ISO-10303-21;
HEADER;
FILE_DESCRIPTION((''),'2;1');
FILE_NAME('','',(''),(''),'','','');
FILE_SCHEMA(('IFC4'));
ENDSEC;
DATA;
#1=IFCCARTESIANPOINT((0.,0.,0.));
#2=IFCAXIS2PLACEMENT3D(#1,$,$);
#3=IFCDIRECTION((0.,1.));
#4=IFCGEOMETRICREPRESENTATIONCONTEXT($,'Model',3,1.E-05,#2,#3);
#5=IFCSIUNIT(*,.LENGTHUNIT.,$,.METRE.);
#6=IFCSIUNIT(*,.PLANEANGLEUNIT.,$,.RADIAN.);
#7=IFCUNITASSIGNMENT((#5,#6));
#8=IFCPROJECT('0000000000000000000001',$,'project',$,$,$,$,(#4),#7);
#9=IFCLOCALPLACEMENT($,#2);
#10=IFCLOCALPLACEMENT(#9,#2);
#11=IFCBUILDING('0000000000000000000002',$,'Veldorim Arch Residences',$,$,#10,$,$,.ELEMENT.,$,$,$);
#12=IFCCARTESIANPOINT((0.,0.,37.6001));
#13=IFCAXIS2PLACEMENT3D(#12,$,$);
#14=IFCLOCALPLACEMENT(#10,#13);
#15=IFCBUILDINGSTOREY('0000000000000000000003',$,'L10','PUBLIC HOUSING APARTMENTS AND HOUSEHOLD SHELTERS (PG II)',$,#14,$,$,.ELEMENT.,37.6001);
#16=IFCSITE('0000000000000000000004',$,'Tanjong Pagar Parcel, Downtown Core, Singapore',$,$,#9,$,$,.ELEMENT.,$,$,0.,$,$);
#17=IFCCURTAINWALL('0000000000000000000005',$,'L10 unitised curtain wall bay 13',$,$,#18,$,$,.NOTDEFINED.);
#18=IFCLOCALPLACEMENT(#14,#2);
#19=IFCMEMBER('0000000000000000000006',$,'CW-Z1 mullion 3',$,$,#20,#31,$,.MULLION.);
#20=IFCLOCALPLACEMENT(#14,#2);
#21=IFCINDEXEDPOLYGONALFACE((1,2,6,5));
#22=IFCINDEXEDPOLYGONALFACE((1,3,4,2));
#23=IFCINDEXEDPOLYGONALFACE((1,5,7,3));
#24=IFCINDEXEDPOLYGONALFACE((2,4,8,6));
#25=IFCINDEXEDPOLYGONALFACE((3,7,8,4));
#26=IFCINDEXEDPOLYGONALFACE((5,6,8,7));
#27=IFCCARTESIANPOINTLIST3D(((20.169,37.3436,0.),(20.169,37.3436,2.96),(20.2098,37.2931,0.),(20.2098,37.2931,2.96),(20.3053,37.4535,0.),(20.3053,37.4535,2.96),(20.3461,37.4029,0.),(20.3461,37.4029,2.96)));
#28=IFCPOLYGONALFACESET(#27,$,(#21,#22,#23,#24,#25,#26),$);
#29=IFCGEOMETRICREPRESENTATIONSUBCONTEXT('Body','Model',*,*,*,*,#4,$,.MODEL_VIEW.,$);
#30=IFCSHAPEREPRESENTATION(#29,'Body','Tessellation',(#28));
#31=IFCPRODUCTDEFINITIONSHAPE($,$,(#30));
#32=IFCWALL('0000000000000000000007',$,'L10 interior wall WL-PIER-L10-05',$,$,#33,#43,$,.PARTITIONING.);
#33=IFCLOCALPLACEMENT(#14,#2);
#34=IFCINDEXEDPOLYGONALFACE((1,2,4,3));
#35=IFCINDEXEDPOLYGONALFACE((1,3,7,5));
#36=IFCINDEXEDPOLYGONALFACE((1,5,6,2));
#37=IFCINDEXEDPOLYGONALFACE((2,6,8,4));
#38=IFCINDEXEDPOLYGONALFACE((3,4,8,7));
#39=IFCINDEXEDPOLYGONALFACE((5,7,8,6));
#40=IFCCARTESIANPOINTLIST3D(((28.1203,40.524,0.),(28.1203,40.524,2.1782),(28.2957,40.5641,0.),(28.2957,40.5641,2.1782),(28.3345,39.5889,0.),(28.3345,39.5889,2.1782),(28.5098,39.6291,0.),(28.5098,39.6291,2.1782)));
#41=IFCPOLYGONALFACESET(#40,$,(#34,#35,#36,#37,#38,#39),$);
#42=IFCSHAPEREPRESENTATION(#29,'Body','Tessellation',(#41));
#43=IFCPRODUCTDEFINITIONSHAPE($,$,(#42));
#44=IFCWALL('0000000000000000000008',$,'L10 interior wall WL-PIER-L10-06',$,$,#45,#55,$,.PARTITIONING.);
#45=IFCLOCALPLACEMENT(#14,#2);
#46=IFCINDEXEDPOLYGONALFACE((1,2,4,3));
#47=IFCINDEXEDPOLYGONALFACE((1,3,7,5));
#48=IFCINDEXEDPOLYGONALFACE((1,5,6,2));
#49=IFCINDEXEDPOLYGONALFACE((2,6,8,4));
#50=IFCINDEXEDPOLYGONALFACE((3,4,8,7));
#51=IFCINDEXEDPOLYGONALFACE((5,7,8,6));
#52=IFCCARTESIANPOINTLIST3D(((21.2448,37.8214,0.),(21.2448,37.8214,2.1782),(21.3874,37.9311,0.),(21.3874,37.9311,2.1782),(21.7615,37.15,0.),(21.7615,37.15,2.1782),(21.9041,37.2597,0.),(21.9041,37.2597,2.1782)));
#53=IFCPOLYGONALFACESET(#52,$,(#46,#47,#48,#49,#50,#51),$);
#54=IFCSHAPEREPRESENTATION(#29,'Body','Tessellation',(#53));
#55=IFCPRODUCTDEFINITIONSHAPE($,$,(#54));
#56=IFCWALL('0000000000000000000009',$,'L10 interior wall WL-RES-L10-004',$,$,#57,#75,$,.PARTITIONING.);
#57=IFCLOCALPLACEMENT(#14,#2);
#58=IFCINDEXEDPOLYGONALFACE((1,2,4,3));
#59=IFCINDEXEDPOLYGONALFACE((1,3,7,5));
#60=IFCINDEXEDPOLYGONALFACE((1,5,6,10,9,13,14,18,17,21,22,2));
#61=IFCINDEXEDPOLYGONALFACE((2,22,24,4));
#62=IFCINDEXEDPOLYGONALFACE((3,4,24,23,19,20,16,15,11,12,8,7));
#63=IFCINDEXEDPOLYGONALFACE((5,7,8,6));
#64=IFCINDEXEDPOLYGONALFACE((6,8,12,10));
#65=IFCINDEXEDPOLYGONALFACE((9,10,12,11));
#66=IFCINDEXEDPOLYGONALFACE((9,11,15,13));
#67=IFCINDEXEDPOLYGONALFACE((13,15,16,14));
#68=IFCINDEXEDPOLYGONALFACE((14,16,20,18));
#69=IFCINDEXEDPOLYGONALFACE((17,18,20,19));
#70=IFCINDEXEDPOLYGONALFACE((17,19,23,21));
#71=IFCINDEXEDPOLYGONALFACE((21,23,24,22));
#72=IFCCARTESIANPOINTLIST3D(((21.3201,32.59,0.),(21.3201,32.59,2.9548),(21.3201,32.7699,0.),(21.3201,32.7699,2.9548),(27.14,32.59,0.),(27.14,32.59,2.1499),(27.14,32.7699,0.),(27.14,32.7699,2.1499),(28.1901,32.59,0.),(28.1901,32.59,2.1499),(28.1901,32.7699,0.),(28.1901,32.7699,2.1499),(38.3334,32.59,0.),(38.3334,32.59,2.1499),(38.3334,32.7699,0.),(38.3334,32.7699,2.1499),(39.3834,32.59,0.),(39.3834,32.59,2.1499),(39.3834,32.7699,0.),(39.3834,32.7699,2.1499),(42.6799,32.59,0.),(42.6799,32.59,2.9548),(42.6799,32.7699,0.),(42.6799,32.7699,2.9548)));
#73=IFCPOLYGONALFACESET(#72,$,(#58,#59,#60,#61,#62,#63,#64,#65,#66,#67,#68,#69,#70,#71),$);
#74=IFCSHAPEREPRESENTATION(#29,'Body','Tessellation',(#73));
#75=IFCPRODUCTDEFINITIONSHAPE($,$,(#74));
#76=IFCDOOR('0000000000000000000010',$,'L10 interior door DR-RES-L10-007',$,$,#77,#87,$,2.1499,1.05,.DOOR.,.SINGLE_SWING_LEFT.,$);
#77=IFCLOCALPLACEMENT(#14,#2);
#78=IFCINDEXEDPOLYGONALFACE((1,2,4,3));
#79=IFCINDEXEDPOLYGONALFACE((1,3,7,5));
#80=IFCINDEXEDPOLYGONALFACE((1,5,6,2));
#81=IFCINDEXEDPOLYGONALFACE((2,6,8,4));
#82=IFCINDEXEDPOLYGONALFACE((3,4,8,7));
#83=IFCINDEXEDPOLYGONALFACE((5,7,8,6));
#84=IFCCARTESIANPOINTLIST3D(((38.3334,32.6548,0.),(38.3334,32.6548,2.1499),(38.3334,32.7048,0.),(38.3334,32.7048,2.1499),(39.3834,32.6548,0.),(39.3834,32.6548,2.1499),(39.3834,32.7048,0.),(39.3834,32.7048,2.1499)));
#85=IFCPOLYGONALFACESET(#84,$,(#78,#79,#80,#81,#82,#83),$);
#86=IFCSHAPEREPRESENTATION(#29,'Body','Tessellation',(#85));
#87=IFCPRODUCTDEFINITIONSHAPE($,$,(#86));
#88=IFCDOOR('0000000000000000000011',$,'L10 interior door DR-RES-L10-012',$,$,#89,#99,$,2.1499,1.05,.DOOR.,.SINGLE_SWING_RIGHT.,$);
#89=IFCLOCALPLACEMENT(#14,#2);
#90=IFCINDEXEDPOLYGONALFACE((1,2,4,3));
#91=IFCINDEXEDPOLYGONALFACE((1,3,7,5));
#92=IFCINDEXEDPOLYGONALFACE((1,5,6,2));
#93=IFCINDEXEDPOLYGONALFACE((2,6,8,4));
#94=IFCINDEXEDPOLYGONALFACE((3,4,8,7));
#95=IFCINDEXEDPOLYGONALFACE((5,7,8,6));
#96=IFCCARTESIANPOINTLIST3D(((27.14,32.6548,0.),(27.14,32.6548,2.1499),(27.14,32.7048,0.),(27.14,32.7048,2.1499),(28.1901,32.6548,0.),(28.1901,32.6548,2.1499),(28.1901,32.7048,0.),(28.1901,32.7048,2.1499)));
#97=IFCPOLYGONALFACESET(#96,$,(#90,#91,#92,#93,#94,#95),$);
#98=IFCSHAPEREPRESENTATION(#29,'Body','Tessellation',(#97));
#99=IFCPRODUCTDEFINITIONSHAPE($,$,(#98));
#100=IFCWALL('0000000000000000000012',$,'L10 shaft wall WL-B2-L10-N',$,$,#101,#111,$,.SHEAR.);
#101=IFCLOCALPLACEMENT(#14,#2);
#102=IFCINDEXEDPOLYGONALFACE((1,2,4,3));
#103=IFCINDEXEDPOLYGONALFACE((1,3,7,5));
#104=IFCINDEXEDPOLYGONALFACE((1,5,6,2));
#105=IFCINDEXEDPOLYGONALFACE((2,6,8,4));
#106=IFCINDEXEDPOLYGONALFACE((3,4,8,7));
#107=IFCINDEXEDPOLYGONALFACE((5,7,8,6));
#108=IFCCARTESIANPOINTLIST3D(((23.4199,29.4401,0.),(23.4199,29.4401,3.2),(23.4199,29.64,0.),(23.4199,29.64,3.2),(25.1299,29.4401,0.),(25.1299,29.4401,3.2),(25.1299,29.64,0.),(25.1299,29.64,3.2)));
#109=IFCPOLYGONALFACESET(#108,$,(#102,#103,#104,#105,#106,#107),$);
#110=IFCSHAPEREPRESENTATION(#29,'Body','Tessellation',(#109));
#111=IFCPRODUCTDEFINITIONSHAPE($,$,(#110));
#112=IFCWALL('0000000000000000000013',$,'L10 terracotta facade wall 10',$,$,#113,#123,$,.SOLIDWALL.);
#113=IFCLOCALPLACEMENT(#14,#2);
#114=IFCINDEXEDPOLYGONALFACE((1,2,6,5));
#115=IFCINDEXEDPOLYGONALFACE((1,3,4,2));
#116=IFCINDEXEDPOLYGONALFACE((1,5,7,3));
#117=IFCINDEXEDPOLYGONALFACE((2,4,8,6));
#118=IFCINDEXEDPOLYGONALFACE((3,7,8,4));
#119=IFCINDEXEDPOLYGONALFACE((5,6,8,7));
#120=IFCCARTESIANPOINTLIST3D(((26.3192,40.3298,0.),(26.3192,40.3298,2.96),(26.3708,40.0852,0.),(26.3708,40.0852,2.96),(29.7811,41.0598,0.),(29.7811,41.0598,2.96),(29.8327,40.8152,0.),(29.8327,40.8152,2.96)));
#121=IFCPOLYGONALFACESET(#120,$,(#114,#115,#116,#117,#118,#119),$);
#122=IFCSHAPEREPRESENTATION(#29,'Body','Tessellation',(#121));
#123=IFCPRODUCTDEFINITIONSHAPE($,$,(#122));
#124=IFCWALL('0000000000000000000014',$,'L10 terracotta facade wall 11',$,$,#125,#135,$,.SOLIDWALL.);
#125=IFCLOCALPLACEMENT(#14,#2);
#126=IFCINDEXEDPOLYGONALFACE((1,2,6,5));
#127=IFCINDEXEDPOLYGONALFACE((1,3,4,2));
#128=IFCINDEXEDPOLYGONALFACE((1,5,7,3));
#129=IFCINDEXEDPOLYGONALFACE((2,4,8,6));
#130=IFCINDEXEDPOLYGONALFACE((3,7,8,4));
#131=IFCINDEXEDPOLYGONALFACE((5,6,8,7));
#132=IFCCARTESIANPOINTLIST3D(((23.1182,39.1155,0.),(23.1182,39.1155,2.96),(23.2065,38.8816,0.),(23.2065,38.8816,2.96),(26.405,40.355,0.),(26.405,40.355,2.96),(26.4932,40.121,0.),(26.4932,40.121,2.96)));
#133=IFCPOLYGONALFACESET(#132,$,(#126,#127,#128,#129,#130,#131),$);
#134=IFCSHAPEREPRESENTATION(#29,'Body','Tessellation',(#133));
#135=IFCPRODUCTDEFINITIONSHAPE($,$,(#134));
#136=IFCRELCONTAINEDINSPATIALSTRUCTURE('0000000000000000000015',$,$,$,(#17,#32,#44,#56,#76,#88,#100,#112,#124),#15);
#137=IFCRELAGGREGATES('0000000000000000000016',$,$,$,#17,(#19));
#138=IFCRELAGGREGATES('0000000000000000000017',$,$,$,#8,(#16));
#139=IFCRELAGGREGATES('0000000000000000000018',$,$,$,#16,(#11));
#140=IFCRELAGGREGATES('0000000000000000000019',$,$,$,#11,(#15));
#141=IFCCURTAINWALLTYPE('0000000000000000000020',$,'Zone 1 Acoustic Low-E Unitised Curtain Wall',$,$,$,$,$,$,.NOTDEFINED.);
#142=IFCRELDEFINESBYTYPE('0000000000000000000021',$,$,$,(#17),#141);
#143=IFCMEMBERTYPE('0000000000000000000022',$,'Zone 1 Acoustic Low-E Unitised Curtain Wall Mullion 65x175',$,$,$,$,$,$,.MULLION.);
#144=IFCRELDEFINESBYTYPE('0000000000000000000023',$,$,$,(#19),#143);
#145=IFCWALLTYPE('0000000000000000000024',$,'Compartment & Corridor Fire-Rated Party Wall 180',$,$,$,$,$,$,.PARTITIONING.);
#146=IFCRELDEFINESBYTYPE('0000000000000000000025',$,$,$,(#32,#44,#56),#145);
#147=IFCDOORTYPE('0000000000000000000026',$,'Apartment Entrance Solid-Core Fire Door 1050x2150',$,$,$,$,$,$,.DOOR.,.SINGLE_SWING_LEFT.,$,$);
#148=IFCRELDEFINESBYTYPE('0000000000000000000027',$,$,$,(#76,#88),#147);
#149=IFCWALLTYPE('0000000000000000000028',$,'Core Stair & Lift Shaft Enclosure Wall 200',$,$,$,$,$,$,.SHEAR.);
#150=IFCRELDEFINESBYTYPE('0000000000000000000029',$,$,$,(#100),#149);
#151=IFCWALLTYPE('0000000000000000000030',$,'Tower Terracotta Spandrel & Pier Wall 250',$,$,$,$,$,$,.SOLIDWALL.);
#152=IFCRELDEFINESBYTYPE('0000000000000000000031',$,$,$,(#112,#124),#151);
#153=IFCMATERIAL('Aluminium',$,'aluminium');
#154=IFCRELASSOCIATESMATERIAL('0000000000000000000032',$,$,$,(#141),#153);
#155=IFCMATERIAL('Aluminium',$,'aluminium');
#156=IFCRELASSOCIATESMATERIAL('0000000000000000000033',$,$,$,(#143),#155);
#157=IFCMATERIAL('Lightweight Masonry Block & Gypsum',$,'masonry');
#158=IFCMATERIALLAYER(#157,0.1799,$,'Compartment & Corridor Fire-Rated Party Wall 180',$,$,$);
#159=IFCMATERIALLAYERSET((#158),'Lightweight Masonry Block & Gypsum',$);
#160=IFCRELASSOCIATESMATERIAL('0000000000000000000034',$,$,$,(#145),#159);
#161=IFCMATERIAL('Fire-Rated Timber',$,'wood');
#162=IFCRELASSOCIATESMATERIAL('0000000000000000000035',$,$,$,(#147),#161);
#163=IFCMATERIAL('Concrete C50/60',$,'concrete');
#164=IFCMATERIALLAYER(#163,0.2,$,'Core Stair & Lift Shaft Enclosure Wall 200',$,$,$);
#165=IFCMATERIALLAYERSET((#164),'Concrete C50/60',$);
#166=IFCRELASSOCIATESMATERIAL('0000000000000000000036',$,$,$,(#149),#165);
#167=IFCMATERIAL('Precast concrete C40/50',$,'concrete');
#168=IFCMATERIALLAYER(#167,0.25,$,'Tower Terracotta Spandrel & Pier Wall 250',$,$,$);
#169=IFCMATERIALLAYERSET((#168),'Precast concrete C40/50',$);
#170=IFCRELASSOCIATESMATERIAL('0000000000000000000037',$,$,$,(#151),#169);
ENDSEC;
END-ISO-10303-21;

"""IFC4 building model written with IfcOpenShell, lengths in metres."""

from ifc_helpers import new_model, si_unit, direction, frame, frame_2d, origin, origin_2d, place, context, subcontext, project, spatial, rectangle, extrude, material, layer, layer_set, material_profile, profile_set, type_object, element, fill, aggregate, save


model = new_model("IFC4")

# Units and contexts
model_context = context("Model", 3, precision=1e-05, world=origin(), true_north=direction((0.0, 1.0)))
body_context = subcontext(model_context, "Body", "Model", "MODEL_VIEW")
ifc_project = project(units=[si_unit("LENGTHUNIT", "METRE"), si_unit("PLANEANGLEUNIT", "RADIAN")], contexts=[model_context])

# Site, building, storey
site_placement = place(None, origin())
site = spatial("IfcSite", under=ifc_project, at=site_placement, Name="Tanjong Pagar Parcel, Downtown Core, Singapore", CompositionType="ELEMENT", RefElevation=0.0)
building_placement = place(site_placement, origin())
building = spatial("IfcBuilding", under=site, at=building_placement, Name="Veldorim Arch Residences", CompositionType="ELEMENT")
storey_placement = place(building_placement, frame((0.0, 0.0, 37.6001)))
storey = spatial("IfcBuildingStorey", under=building, at=storey_placement, Name="L10", Description="PUBLIC HOUSING APARTMENTS AND HOUSEHOLD SHELTERS (PG II)", CompositionType="ELEMENT", Elevation=37.6001)

# Curtain wall, member
ifc_material_1 = material(Name="Aluminium", Category="aluminium")
curtain_wall_type = type_object("IfcCurtainWallType", Name="Zone 1 Acoustic Low-E Unitised Curtain Wall", PredefinedType="NOTDEFINED", material=ifc_material_1)
curtain_wall_placement = place(storey_placement, origin())
curtain_wall = element("IfcCurtainWall", 1, at=curtain_wall_placement, inside=storey, type_object=curtain_wall_type, Name="L10 unitised curtain wall bay 13", PredefinedType="NOTDEFINED")
ifc_material_2 = material(Name="Aluminium", Category="aluminium")
ifc_material_profile_1 = material_profile(ifc_material_2, rectangle(XDim=0.0649, YDim=0.175, at=origin_2d()), Name="ALU_MUL_65x175")
ifc_profile_set_1 = profile_set([ifc_material_profile_1], Name="Aluminium")
member_type = type_object("IfcMemberType", Name="Zone 1 Acoustic Low-E Unitised Curtain Wall Mullion 65x175", PredefinedType="MULLION", material=ifc_profile_set_1)
member_placement = place(storey_placement, frame((20.2576, 37.3733, 0.0), z_axis=(0.0, 0.0, 1.0), x_axis=(-0.627562, 0.778567, 0.0)))
member = element("IfcMember", 2, at=member_placement, type_object=member_type, Name="CW-Z1 mullion 3", PredefinedType="MULLION", context=body_context, shape_type="SweptSolid", body=[
    extrude(rectangle(XDim=0.0649, YDim=0.175, at=origin_2d()), origin(), (0.0, 0.0, 1.0), 2.96),
])
aggregate(curtain_wall, [member])

# Walls
ifc_material_3 = material(Name="Lightweight Masonry Block & Gypsum", Category="masonry")
ifc_layer_1 = layer(ifc_material_3, 0.1799, Name="Compartment & Corridor Fire-Rated Party Wall 180")
ifc_layer_set_1 = layer_set([ifc_layer_1], Name="Lightweight Masonry Block & Gypsum")
wall_type_1 = type_object("IfcWallType", Name="Compartment & Corridor Fire-Rated Party Wall 180", PredefinedType="PARTITIONING", material=ifc_layer_set_1)
wall_1_placement = place(storey_placement, frame((28.4221, 39.6091, 0.0), z_axis=(0.0, 0.0, 1.0), x_axis=(-0.223205, 0.974772, 0.0)))
element("IfcWall", 3, at=wall_1_placement, inside=storey, type_object=wall_type_1, Name="L10 interior wall WL-PIER-L10-05", PredefinedType="PARTITIONING", context=body_context, shape_type="SweptSolid", body=[
    extrude(rectangle(XDim=0.9592, YDim=0.1799, at=frame_2d((0.4795, 0.0))), origin(), (0.0, 0.0, 1.0), 2.1782),
])
wall_2_placement = place(storey_placement, frame((21.8328, 37.2048, 0.0), z_axis=(0.0, 0.0, 1.0), x_axis=(-0.609822, 0.792538, 0.0)))
element("IfcWall", 4, at=wall_2_placement, inside=storey, type_object=wall_type_1, Name="L10 interior wall WL-PIER-L10-06", PredefinedType="PARTITIONING", context=body_context, shape_type="SweptSolid", body=[
    extrude(rectangle(XDim=0.8472, YDim=0.1799, at=frame_2d((0.4236, 0.0))), origin(), (0.0, 0.0, 1.0), 2.1782),
])

# Wall, openings, doors
wall_3_placement = place(storey_placement, frame((21.3201, 32.6799, 0.0), z_axis=(0.0, 0.0, 1.0), x_axis=(1.0, 0.0, 0.0)))
wall_3 = element("IfcWall", 5, at=wall_3_placement, inside=storey, type_object=wall_type_1, Name="L10 interior wall WL-RES-L10-004", PredefinedType="PARTITIONING", context=body_context, shape_type="SweptSolid", body=[
    extrude(rectangle(XDim=21.3599, YDim=0.1799, at=frame_2d((10.6799, 0.0))), origin(), (0.0, 0.0, 1.0), 2.9548),
])
opening_1_placement = place(wall_3_placement, frame((17.0134, 0.0, 0.0)))
opening_1 = element("IfcOpeningElement", 6, at=opening_1_placement, cuts=wall_3, PredefinedType="OPENING", context=body_context, shape_type="SweptSolid", body=[
    extrude(rectangle(XDim=1.05, YDim=2.1499, at=frame_2d((0.5249, 1.075))), frame((0.0, 0.0999, 0.0), z_axis=(0.0, -1.0, 0.0), x_axis=(1.0, 0.0, 0.0)), (0.0, 0.0, 1.0), 0.2),
])
opening_2_placement = place(wall_3_placement, frame((5.8201, 0.0, 0.0)))
opening_2 = element("IfcOpeningElement", 7, at=opening_2_placement, cuts=wall_3, PredefinedType="OPENING", context=body_context, shape_type="SweptSolid", body=[
    extrude(rectangle(XDim=1.05, YDim=2.1499, at=frame_2d((0.5249, 1.075))), frame((0.0, 0.0999, 0.0), z_axis=(0.0, -1.0, 0.0), x_axis=(1.0, 0.0, 0.0)), (0.0, 0.0, 1.0), 0.2),
])
ifc_material_4 = material(Name="Fire-Rated Timber", Category="wood")
door_type_1 = type_object("IfcDoorType", Name="Apartment Entrance Solid-Core Fire Door 1050x2150", OperationType="SINGLE_SWING_LEFT", PredefinedType="DOOR", material=ifc_material_4)
door_1_placement = place(opening_1_placement, origin())
door_1 = element("IfcDoor", 8, at=door_1_placement, inside=storey, type_object=door_type_1, Name="L10 interior door DR-RES-L10-007", OperationType="SINGLE_SWING_LEFT", OverallHeight=2.1499, OverallWidth=1.05, PredefinedType="DOOR", context=body_context, shape_type="SweptSolid", body=[
    extrude(rectangle(XDim=1.05, YDim=2.1499, at=frame_2d((0.5249, 1.075))), frame((0.0, 0.0249, 0.0), z_axis=(0.0, -1.0, 0.0), x_axis=(1.0, 0.0, 0.0)), (0.0, 0.0, 1.0), 0.05),
])
fill(opening_1, door_1)
door_2_placement = place(opening_2_placement, origin())
door_2 = element("IfcDoor", 9, at=door_2_placement, inside=storey, type_object=door_type_1, Name="L10 interior door DR-RES-L10-012", OperationType="SINGLE_SWING_RIGHT", OverallHeight=2.1499, OverallWidth=1.05, PredefinedType="DOOR", context=body_context, shape_type="SweptSolid", body=[
    extrude(rectangle(XDim=1.05, YDim=2.1499, at=frame_2d((0.5249, 1.075))), frame((0.0, 0.0249, 0.0), z_axis=(0.0, -1.0, 0.0), x_axis=(1.0, 0.0, 0.0)), (0.0, 0.0, 1.0), 0.05),
])
fill(opening_2, door_2)

# Wall
ifc_material_5 = material(Name="Concrete C50/60", Category="concrete")
ifc_layer_2 = layer(ifc_material_5, 0.2, Name="Core Stair & Lift Shaft Enclosure Wall 200")
ifc_layer_set_2 = layer_set([ifc_layer_2], Name="Concrete C50/60")
wall_type_2 = type_object("IfcWallType", Name="Core Stair & Lift Shaft Enclosure Wall 200", PredefinedType="SHEAR", material=ifc_layer_set_2)
wall_4_placement = place(storey_placement, frame((23.4199, 29.54, 0.0), z_axis=(0.0, 0.0, 1.0), x_axis=(1.0, 0.0, 0.0)))
element("IfcWall", 10, at=wall_4_placement, inside=storey, type_object=wall_type_2, Name="L10 shaft wall WL-B2-L10-N", PredefinedType="SHEAR", context=body_context, shape_type="SweptSolid", body=[
    extrude(rectangle(XDim=1.71, YDim=0.2, at=frame_2d((0.855, 0.0))), origin(), (0.0, 0.0, 1.0), 3.2),
])

# Walls
ifc_material_6 = material(Name="Precast concrete C40/50", Category="concrete")
ifc_layer_3 = layer(ifc_material_6, 0.25, Name="Tower Terracotta Spandrel & Pier Wall 250")
ifc_layer_set_3 = layer_set([ifc_layer_3], Name="Precast concrete C40/50")
wall_type_3 = type_object("IfcWallType", Name="Tower Terracotta Spandrel & Pier Wall 250", PredefinedType="SOLIDWALL", material=ifc_layer_set_3)
wall_5_placement = place(storey_placement, frame((26.345, 40.2075, 0.0), z_axis=(0.0, 0.0, 1.0), x_axis=(0.978484, 0.206323, 0.0)))
element("IfcWall", 11, at=wall_5_placement, inside=storey, type_object=wall_type_3, Name="L10 terracotta facade wall 10", PredefinedType="SOLIDWALL", context=body_context, shape_type="SweptSolid", body=[
    extrude(rectangle(XDim=3.5381, YDim=0.25, at=frame_2d((1.769, 0.0))), origin(), (0.0, 0.0, 1.0), 2.96),
])
wall_6_placement = place(storey_placement, frame((23.1624, 38.9985, 0.0), z_axis=(0.0, 0.0, 1.0), x_axis=(0.935679, 0.352852, 0.0)))
element("IfcWall", 12, at=wall_6_placement, inside=storey, type_object=wall_type_3, Name="L10 terracotta facade wall 11", PredefinedType="SOLIDWALL", context=body_context, shape_type="SweptSolid", body=[
    extrude(rectangle(XDim=3.5127, YDim=0.25, at=frame_2d((1.7563, 0.0))), origin(), (0.0, 0.0, 1.0), 2.96),
])

save(model, "model.ifc")
